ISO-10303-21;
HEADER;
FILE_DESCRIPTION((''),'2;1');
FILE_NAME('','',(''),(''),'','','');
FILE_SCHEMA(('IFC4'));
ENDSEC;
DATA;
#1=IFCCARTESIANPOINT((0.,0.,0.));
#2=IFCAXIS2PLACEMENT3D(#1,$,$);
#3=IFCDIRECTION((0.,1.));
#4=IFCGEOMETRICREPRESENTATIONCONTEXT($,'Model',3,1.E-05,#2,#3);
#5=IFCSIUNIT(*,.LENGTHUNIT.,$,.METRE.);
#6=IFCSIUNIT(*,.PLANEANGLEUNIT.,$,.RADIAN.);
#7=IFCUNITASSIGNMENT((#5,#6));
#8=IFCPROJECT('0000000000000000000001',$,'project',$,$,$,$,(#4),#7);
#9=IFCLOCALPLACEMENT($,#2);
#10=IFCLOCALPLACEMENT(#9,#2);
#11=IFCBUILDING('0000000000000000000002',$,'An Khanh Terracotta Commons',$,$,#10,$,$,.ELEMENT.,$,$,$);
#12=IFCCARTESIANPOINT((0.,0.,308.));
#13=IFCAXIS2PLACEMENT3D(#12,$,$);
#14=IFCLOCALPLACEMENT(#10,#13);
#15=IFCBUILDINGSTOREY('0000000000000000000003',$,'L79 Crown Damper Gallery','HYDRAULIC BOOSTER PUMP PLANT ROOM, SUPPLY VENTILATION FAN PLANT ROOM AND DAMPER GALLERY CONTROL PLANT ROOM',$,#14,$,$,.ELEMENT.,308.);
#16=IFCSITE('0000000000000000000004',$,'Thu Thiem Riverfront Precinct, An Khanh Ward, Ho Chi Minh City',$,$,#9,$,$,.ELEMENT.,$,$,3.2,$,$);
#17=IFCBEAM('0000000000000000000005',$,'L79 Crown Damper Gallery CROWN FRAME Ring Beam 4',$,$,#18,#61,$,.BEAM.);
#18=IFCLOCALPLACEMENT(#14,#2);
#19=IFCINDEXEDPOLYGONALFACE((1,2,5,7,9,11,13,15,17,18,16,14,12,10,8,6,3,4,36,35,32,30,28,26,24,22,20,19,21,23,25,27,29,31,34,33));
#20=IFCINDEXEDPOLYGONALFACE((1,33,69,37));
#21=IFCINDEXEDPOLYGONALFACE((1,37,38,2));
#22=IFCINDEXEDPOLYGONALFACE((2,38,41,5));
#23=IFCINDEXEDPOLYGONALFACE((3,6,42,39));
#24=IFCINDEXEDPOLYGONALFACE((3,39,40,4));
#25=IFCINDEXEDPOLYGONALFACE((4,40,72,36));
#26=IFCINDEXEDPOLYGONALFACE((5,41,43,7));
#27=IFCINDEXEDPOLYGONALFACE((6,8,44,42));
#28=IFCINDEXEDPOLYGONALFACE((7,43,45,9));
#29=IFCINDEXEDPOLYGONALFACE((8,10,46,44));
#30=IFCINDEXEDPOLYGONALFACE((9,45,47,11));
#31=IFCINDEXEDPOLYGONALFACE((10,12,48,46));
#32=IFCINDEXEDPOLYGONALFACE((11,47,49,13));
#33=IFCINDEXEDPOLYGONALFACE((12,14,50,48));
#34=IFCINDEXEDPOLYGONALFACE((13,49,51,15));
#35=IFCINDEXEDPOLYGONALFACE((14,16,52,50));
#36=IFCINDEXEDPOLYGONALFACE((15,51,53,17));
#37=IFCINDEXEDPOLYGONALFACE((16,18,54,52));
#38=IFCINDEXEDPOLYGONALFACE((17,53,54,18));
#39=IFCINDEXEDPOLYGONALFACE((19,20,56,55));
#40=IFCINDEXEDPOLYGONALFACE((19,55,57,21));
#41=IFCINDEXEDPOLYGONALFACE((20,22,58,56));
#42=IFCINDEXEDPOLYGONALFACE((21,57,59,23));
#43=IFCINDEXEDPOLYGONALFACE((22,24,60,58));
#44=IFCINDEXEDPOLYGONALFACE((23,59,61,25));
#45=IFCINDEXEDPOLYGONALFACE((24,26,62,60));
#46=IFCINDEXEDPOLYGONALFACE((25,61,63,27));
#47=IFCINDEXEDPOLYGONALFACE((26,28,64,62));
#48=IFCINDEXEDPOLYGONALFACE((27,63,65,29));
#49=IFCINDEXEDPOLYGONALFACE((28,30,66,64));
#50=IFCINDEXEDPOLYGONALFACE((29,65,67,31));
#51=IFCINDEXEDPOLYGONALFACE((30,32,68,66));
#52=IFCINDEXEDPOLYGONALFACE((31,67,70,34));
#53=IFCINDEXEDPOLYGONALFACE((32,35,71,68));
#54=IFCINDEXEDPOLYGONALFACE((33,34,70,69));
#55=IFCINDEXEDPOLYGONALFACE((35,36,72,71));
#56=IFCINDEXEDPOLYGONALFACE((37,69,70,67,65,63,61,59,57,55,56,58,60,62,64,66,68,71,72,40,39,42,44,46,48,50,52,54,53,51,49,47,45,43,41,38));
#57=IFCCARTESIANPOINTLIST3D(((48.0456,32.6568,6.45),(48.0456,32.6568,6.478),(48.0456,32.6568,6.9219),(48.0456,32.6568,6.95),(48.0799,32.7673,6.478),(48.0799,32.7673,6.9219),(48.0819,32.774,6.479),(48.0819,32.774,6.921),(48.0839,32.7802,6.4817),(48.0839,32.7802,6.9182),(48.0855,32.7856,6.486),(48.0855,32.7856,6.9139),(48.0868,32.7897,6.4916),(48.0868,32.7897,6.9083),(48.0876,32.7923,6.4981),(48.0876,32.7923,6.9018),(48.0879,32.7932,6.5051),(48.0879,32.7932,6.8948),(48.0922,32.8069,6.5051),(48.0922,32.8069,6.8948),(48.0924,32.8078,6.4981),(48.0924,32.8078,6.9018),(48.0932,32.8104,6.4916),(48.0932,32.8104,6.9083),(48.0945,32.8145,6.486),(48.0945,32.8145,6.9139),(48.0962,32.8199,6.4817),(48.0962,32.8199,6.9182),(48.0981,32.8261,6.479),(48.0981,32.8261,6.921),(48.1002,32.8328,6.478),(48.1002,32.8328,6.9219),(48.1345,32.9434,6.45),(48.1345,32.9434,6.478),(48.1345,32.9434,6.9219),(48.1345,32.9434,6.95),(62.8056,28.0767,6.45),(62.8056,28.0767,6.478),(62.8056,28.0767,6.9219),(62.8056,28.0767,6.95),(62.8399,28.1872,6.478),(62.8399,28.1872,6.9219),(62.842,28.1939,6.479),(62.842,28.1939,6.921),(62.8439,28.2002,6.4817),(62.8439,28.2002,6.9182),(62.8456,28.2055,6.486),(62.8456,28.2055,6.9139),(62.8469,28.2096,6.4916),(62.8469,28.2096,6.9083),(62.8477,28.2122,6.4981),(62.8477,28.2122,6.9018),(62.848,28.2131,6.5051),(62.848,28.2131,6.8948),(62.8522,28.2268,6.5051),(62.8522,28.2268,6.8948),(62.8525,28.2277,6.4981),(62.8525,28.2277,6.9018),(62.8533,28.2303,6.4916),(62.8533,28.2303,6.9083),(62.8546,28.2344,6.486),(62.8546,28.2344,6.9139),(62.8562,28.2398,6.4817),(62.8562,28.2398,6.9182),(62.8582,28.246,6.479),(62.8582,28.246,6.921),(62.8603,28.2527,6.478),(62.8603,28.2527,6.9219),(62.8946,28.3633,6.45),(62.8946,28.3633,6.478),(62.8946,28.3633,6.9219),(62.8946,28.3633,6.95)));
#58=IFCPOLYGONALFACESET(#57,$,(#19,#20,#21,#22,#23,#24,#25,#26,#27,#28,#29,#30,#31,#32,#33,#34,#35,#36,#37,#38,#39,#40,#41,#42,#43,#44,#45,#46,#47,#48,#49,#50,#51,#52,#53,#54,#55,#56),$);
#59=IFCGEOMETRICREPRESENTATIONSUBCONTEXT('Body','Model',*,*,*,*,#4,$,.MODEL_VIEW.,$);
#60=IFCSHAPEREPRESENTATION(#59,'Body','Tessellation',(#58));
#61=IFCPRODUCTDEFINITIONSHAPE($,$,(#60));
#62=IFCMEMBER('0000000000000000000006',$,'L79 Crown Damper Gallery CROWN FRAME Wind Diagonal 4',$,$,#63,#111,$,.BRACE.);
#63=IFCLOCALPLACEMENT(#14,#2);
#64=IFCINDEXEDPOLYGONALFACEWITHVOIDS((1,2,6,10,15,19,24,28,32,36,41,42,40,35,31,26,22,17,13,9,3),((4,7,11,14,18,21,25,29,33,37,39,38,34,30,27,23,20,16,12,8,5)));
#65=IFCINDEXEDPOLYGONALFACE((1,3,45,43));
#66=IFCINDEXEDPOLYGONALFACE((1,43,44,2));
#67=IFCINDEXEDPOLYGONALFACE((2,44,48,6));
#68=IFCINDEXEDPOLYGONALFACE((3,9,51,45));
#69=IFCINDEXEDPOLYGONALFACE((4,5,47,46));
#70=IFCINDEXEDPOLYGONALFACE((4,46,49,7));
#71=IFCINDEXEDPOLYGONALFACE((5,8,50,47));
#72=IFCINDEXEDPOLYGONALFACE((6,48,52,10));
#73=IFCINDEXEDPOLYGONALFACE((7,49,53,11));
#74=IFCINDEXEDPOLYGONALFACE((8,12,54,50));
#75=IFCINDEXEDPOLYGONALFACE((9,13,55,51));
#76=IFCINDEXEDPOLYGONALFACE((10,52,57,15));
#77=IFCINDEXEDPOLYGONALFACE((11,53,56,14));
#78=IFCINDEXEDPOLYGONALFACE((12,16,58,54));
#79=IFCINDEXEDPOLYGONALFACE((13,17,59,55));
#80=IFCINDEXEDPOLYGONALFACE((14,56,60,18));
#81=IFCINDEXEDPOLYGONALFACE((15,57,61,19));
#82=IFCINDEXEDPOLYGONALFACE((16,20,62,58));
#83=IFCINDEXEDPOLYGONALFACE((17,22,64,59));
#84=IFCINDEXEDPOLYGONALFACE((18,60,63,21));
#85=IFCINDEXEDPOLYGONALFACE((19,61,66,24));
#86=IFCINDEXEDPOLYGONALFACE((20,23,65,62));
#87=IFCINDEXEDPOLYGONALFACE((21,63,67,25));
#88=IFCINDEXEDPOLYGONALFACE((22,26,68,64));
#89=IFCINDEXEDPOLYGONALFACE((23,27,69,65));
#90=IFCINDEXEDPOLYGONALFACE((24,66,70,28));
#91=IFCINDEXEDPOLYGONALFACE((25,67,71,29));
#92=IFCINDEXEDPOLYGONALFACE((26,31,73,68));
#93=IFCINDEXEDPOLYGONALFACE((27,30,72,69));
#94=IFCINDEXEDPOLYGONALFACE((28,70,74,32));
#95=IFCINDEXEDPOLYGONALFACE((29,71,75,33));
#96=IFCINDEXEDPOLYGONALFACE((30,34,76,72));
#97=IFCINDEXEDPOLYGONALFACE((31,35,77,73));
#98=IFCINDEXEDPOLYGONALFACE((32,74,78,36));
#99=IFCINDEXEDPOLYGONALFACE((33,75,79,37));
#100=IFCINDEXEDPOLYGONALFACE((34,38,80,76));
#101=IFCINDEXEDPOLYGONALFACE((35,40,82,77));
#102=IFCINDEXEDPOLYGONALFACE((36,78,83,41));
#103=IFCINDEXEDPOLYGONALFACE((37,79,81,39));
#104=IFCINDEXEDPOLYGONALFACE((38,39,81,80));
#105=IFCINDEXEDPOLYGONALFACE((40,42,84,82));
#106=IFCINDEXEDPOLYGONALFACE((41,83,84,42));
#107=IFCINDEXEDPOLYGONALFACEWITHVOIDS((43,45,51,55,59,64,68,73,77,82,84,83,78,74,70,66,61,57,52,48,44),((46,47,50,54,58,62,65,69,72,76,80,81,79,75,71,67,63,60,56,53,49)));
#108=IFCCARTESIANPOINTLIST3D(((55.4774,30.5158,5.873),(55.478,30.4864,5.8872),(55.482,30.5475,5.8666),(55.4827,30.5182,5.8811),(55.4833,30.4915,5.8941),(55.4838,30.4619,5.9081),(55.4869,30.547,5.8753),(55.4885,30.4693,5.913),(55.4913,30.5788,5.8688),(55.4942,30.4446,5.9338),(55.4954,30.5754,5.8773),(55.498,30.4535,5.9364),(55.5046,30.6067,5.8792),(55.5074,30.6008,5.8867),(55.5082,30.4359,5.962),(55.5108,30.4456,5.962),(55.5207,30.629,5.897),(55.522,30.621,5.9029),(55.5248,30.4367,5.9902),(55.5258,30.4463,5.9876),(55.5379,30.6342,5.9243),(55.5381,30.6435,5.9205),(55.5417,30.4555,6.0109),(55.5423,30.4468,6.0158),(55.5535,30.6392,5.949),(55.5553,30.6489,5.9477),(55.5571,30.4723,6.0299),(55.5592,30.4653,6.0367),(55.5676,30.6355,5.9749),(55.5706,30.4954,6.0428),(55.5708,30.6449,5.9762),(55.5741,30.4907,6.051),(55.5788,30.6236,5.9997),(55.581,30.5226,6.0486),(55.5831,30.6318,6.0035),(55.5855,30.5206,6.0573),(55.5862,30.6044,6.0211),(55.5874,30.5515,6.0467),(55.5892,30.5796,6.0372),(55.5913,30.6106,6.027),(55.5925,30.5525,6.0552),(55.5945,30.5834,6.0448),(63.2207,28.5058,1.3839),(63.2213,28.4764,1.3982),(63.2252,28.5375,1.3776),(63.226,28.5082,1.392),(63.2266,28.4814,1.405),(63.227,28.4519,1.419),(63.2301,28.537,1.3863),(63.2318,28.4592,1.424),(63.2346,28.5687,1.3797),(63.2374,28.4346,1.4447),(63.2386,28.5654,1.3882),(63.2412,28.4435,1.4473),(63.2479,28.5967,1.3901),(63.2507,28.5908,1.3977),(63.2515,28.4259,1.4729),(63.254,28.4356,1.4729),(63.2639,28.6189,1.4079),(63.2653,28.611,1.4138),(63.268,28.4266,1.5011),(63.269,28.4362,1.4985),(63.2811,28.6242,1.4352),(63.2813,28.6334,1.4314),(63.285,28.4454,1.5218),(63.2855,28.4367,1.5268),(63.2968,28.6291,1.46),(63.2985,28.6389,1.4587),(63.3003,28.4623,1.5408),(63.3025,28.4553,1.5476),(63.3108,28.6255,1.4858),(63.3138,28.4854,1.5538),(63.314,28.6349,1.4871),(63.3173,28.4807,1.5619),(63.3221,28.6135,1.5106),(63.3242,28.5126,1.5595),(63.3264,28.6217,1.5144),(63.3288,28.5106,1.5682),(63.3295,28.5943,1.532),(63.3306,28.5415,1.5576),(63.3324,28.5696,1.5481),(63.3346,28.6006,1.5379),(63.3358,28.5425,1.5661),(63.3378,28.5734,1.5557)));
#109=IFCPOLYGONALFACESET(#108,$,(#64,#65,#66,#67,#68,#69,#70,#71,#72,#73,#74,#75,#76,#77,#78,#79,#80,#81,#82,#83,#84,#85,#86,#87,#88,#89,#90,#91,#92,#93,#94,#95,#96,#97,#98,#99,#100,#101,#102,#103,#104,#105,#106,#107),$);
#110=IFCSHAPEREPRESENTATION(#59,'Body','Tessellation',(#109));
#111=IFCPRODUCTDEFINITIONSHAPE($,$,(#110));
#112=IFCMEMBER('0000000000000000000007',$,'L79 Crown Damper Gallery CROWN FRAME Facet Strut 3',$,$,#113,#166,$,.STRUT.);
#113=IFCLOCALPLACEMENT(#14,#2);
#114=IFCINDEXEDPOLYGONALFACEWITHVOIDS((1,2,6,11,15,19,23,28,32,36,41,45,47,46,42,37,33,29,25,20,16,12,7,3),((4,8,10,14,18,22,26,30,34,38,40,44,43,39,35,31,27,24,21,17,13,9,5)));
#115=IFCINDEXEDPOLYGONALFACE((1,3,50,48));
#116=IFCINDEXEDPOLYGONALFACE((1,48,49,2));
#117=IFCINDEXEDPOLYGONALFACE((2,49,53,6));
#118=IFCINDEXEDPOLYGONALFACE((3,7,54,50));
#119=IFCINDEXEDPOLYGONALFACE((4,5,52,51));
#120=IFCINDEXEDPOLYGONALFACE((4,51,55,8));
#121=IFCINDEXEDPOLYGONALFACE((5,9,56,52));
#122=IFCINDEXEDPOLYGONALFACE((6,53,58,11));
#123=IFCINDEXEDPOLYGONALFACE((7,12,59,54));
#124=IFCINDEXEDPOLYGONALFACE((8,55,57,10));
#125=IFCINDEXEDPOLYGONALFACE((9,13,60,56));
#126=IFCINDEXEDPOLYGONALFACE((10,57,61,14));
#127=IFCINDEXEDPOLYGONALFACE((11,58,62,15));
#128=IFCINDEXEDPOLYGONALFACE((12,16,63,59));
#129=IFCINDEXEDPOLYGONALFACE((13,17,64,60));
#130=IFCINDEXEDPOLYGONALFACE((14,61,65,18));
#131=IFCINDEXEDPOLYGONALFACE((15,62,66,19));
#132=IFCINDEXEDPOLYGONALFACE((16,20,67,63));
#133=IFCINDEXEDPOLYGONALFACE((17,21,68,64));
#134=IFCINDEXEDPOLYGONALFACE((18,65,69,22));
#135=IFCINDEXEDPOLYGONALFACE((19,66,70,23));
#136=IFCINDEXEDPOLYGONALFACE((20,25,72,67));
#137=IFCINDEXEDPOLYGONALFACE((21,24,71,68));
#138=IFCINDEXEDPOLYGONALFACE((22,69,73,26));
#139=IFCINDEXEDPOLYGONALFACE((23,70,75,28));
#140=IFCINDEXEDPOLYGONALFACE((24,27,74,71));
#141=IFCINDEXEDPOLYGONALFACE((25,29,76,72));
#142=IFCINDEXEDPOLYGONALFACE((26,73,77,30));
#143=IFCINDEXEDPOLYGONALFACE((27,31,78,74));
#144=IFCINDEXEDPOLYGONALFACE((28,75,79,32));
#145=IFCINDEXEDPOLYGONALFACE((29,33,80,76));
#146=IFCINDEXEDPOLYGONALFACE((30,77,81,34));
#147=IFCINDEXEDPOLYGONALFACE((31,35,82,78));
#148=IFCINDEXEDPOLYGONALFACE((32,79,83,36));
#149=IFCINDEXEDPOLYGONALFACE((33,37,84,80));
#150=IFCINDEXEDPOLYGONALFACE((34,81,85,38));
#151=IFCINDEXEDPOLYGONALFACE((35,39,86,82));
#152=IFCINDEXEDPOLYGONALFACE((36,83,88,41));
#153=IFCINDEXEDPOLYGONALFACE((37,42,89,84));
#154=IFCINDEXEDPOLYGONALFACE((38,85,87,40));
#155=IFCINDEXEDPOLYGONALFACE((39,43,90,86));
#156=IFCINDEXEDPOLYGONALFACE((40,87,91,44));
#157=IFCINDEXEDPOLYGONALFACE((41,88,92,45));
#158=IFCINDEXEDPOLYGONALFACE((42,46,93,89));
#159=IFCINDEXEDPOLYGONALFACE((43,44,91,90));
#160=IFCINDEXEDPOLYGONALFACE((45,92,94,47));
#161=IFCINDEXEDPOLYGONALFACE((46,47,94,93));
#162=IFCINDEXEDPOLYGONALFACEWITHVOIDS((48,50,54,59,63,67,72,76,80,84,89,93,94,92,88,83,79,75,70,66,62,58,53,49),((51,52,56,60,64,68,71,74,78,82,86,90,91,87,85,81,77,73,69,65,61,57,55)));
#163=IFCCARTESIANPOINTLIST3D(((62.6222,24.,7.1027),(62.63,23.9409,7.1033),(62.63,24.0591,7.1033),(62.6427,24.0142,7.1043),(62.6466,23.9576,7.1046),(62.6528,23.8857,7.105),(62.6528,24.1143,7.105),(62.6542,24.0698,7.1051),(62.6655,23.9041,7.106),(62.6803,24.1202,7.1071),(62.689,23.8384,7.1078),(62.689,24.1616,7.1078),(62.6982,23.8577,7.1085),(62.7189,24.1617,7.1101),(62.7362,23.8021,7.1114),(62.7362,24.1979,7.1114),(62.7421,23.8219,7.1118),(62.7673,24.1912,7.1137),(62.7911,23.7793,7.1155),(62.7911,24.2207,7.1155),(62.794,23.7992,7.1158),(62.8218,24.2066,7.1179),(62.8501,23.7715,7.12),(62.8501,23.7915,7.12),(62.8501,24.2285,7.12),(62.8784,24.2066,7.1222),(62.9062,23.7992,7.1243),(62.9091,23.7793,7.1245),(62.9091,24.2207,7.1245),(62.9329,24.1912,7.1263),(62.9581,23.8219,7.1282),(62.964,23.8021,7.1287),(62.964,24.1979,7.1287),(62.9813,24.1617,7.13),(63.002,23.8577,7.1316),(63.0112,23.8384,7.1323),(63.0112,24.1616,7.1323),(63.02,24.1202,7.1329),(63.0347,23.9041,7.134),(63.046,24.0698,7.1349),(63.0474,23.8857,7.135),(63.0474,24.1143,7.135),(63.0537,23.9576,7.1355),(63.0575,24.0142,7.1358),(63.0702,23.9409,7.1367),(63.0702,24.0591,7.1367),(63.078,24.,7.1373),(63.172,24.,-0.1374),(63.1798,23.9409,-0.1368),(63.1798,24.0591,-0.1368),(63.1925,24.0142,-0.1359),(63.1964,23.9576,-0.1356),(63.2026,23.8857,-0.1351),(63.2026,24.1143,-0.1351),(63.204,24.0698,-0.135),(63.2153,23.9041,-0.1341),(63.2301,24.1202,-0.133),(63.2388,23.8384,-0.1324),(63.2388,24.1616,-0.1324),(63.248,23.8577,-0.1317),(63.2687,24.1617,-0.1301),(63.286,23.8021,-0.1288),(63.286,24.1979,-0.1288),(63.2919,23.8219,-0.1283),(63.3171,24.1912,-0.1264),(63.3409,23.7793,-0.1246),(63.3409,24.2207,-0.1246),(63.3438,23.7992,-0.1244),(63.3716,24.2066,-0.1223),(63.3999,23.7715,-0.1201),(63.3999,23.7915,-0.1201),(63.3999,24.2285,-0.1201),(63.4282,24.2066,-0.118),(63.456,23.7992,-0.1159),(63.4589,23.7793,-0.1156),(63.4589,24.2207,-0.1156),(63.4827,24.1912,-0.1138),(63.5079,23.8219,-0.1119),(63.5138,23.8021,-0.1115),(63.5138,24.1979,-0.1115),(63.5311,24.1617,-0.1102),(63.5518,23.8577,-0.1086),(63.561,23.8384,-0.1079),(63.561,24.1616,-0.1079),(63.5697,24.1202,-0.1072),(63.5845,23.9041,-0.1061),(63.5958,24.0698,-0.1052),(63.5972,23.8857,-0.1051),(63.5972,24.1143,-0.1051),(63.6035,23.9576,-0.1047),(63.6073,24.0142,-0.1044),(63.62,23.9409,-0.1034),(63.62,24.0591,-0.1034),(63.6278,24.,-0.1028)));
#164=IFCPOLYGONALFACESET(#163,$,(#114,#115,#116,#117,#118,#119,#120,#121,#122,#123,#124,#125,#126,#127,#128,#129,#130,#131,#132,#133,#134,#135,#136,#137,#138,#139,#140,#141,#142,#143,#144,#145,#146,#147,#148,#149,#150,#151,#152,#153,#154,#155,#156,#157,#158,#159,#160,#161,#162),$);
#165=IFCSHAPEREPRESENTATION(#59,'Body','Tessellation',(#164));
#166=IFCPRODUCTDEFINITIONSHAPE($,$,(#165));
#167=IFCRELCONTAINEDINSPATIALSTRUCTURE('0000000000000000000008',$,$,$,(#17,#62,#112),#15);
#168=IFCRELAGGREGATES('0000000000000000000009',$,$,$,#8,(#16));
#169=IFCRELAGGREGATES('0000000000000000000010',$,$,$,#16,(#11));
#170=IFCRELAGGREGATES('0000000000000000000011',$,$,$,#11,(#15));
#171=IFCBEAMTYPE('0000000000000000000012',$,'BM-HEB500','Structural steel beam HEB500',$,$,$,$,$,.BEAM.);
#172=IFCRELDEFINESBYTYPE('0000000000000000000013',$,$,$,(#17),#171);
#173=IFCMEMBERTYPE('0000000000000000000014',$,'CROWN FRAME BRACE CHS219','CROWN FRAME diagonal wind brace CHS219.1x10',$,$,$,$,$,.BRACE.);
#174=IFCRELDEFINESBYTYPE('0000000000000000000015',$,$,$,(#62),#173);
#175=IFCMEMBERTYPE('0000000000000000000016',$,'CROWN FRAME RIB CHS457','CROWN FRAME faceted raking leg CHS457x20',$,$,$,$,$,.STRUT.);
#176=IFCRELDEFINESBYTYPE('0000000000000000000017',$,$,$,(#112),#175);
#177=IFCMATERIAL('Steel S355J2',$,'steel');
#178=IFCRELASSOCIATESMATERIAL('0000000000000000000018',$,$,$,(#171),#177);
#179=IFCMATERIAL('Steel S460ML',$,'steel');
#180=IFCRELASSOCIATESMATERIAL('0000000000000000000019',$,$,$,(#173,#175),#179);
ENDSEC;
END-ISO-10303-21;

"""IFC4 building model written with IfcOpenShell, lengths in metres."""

from ifc_helpers import new_model, si_unit, direction, frame, origin, origin_2d, place, context, subcontext, project, spatial, hollow_circle, i_section, extrude, material, material_profile, profile_set, type_object, element, save


model = new_model("IFC4")

# Units and contexts
model_context = context("Model", 3, precision=1e-05, world=origin(), true_north=direction((0.0, 1.0)))
body_context = subcontext(model_context, "Body", "Model", "MODEL_VIEW")
ifc_project = project(units=[si_unit("LENGTHUNIT", "METRE"), si_unit("PLANEANGLEUNIT", "RADIAN")], contexts=[model_context])

# Site, building, storey
site_placement = place(None, origin())
site = spatial("IfcSite", under=ifc_project, at=site_placement, Name="Thu Thiem Riverfront Precinct, An Khanh Ward, Ho Chi Minh City", CompositionType="ELEMENT", RefElevation=3.2)
building_placement = place(site_placement, origin())
building = spatial("IfcBuilding", under=site, at=building_placement, Name="An Khanh Terracotta Commons", CompositionType="ELEMENT")
storey_placement = place(building_placement, frame((0.0, 0.0, 308.0)))
storey = spatial("IfcBuildingStorey", under=building, at=storey_placement, Name="L79 Crown Damper Gallery", Description="HYDRAULIC BOOSTER PUMP PLANT ROOM, SUPPLY VENTILATION FAN PLANT ROOM AND DAMPER GALLERY CONTROL PLANT ROOM", CompositionType="ELEMENT", Elevation=308.0)

# Beam
ifc_material_1 = material(Name="Steel S355J2", Category="steel")
ifc_material_profile_1 = material_profile(ifc_material_1, i_section(OverallWidth=0.3, OverallDepth=0.5, WebThickness=0.0144, FlangeThickness=0.0281, FilletRadius=0.0271, at=origin_2d()), Name="HEB500")
ifc_profile_set_1 = profile_set([ifc_material_profile_1], Name="Steel S355J2")
beam_type = type_object("IfcBeamType", Name="BM-HEB500", Description="Structural steel beam HEB500", PredefinedType="BEAM", material=ifc_profile_set_1)
beam_placement = place(storey_placement, frame((62.8501, 28.22, 6.7), z_axis=(-0.955075, 0.296363, 0.0), x_axis=(-0.296363, -0.955075, 0.0)))
element("IfcBeam", 1, at=beam_placement, inside=storey, type_object=beam_type, Name="L79 Crown Damper Gallery CROWN FRAME Ring Beam 4", PredefinedType="BEAM", context=body_context, shape_type="SweptSolid", body=[
    extrude(i_section(OverallWidth=0.3, OverallDepth=0.5, WebThickness=0.0144, FlangeThickness=0.0281, FilletRadius=0.0271, at=origin_2d()), origin(), (0.0, 0.0, 1.0), 15.4543),
])

# Members
ifc_material_2 = material(Name="Steel S460ML", Category="steel")
ifc_material_profile_2 = material_profile(ifc_material_2, hollow_circle(Radius=0.1096, WallThickness=0.01, at=origin_2d()), Name="CHS219.1x10")
ifc_profile_set_2 = profile_set([ifc_material_profile_2], Name="Steel S460ML")
member_type_1 = type_object("IfcMemberType", Name="CROWN FRAME BRACE CHS219", Description="CROWN FRAME diagonal wind brace CHS219.1x10", PredefinedType="BRACE", material=ifc_profile_set_2)
member_1_placement = place(storey_placement, frame((63.2791, 28.532, 1.4729), z_axis=(-0.844105, 0.219117, 0.489361), x_axis=(-0.251258, -0.96792, 0.0)))
element("IfcMember", 2, at=member_1_placement, inside=storey, type_object=member_type_1, Name="L79 Crown Damper Gallery CROWN FRAME Wind Diagonal 4", PredefinedType="BRACE", context=body_context, shape_type="SweptSolid", body=[
    extrude(hollow_circle(Radius=0.1096, WallThickness=0.01, at=origin_2d()), origin(), (0.0, 0.0, 1.0), 9.1733),
])
ifc_material_profile_3 = material_profile(ifc_material_2, hollow_circle(Radius=0.2285, WallThickness=0.02, at=origin_2d()), Name="CHS457x20")
ifc_profile_set_3 = profile_set([ifc_material_profile_3], Name="Steel S460ML")
member_type_2 = type_object("IfcMemberType", Name="CROWN FRAME RIB CHS457", Description="CROWN FRAME faceted raking leg CHS457x20", PredefinedType="STRUT", material=ifc_profile_set_3)
member_2_placement = place(storey_placement, frame((63.3999, 24.0, -0.1201), z_axis=(-0.075719, 0.0, 0.997129), x_axis=(0.0, -1.0, 0.0)))
element("IfcMember", 3, at=member_2_placement, inside=storey, type_object=member_type_2, Name="L79 Crown Damper Gallery CROWN FRAME Facet Strut 3", PredefinedType="STRUT", context=body_context, shape_type="SweptSolid", body=[
    extrude(hollow_circle(Radius=0.2285, WallThickness=0.02, at=origin_2d()), origin(), (0.0, 0.0, 1.0), 7.261),
])

save(model, "model.ifc")
